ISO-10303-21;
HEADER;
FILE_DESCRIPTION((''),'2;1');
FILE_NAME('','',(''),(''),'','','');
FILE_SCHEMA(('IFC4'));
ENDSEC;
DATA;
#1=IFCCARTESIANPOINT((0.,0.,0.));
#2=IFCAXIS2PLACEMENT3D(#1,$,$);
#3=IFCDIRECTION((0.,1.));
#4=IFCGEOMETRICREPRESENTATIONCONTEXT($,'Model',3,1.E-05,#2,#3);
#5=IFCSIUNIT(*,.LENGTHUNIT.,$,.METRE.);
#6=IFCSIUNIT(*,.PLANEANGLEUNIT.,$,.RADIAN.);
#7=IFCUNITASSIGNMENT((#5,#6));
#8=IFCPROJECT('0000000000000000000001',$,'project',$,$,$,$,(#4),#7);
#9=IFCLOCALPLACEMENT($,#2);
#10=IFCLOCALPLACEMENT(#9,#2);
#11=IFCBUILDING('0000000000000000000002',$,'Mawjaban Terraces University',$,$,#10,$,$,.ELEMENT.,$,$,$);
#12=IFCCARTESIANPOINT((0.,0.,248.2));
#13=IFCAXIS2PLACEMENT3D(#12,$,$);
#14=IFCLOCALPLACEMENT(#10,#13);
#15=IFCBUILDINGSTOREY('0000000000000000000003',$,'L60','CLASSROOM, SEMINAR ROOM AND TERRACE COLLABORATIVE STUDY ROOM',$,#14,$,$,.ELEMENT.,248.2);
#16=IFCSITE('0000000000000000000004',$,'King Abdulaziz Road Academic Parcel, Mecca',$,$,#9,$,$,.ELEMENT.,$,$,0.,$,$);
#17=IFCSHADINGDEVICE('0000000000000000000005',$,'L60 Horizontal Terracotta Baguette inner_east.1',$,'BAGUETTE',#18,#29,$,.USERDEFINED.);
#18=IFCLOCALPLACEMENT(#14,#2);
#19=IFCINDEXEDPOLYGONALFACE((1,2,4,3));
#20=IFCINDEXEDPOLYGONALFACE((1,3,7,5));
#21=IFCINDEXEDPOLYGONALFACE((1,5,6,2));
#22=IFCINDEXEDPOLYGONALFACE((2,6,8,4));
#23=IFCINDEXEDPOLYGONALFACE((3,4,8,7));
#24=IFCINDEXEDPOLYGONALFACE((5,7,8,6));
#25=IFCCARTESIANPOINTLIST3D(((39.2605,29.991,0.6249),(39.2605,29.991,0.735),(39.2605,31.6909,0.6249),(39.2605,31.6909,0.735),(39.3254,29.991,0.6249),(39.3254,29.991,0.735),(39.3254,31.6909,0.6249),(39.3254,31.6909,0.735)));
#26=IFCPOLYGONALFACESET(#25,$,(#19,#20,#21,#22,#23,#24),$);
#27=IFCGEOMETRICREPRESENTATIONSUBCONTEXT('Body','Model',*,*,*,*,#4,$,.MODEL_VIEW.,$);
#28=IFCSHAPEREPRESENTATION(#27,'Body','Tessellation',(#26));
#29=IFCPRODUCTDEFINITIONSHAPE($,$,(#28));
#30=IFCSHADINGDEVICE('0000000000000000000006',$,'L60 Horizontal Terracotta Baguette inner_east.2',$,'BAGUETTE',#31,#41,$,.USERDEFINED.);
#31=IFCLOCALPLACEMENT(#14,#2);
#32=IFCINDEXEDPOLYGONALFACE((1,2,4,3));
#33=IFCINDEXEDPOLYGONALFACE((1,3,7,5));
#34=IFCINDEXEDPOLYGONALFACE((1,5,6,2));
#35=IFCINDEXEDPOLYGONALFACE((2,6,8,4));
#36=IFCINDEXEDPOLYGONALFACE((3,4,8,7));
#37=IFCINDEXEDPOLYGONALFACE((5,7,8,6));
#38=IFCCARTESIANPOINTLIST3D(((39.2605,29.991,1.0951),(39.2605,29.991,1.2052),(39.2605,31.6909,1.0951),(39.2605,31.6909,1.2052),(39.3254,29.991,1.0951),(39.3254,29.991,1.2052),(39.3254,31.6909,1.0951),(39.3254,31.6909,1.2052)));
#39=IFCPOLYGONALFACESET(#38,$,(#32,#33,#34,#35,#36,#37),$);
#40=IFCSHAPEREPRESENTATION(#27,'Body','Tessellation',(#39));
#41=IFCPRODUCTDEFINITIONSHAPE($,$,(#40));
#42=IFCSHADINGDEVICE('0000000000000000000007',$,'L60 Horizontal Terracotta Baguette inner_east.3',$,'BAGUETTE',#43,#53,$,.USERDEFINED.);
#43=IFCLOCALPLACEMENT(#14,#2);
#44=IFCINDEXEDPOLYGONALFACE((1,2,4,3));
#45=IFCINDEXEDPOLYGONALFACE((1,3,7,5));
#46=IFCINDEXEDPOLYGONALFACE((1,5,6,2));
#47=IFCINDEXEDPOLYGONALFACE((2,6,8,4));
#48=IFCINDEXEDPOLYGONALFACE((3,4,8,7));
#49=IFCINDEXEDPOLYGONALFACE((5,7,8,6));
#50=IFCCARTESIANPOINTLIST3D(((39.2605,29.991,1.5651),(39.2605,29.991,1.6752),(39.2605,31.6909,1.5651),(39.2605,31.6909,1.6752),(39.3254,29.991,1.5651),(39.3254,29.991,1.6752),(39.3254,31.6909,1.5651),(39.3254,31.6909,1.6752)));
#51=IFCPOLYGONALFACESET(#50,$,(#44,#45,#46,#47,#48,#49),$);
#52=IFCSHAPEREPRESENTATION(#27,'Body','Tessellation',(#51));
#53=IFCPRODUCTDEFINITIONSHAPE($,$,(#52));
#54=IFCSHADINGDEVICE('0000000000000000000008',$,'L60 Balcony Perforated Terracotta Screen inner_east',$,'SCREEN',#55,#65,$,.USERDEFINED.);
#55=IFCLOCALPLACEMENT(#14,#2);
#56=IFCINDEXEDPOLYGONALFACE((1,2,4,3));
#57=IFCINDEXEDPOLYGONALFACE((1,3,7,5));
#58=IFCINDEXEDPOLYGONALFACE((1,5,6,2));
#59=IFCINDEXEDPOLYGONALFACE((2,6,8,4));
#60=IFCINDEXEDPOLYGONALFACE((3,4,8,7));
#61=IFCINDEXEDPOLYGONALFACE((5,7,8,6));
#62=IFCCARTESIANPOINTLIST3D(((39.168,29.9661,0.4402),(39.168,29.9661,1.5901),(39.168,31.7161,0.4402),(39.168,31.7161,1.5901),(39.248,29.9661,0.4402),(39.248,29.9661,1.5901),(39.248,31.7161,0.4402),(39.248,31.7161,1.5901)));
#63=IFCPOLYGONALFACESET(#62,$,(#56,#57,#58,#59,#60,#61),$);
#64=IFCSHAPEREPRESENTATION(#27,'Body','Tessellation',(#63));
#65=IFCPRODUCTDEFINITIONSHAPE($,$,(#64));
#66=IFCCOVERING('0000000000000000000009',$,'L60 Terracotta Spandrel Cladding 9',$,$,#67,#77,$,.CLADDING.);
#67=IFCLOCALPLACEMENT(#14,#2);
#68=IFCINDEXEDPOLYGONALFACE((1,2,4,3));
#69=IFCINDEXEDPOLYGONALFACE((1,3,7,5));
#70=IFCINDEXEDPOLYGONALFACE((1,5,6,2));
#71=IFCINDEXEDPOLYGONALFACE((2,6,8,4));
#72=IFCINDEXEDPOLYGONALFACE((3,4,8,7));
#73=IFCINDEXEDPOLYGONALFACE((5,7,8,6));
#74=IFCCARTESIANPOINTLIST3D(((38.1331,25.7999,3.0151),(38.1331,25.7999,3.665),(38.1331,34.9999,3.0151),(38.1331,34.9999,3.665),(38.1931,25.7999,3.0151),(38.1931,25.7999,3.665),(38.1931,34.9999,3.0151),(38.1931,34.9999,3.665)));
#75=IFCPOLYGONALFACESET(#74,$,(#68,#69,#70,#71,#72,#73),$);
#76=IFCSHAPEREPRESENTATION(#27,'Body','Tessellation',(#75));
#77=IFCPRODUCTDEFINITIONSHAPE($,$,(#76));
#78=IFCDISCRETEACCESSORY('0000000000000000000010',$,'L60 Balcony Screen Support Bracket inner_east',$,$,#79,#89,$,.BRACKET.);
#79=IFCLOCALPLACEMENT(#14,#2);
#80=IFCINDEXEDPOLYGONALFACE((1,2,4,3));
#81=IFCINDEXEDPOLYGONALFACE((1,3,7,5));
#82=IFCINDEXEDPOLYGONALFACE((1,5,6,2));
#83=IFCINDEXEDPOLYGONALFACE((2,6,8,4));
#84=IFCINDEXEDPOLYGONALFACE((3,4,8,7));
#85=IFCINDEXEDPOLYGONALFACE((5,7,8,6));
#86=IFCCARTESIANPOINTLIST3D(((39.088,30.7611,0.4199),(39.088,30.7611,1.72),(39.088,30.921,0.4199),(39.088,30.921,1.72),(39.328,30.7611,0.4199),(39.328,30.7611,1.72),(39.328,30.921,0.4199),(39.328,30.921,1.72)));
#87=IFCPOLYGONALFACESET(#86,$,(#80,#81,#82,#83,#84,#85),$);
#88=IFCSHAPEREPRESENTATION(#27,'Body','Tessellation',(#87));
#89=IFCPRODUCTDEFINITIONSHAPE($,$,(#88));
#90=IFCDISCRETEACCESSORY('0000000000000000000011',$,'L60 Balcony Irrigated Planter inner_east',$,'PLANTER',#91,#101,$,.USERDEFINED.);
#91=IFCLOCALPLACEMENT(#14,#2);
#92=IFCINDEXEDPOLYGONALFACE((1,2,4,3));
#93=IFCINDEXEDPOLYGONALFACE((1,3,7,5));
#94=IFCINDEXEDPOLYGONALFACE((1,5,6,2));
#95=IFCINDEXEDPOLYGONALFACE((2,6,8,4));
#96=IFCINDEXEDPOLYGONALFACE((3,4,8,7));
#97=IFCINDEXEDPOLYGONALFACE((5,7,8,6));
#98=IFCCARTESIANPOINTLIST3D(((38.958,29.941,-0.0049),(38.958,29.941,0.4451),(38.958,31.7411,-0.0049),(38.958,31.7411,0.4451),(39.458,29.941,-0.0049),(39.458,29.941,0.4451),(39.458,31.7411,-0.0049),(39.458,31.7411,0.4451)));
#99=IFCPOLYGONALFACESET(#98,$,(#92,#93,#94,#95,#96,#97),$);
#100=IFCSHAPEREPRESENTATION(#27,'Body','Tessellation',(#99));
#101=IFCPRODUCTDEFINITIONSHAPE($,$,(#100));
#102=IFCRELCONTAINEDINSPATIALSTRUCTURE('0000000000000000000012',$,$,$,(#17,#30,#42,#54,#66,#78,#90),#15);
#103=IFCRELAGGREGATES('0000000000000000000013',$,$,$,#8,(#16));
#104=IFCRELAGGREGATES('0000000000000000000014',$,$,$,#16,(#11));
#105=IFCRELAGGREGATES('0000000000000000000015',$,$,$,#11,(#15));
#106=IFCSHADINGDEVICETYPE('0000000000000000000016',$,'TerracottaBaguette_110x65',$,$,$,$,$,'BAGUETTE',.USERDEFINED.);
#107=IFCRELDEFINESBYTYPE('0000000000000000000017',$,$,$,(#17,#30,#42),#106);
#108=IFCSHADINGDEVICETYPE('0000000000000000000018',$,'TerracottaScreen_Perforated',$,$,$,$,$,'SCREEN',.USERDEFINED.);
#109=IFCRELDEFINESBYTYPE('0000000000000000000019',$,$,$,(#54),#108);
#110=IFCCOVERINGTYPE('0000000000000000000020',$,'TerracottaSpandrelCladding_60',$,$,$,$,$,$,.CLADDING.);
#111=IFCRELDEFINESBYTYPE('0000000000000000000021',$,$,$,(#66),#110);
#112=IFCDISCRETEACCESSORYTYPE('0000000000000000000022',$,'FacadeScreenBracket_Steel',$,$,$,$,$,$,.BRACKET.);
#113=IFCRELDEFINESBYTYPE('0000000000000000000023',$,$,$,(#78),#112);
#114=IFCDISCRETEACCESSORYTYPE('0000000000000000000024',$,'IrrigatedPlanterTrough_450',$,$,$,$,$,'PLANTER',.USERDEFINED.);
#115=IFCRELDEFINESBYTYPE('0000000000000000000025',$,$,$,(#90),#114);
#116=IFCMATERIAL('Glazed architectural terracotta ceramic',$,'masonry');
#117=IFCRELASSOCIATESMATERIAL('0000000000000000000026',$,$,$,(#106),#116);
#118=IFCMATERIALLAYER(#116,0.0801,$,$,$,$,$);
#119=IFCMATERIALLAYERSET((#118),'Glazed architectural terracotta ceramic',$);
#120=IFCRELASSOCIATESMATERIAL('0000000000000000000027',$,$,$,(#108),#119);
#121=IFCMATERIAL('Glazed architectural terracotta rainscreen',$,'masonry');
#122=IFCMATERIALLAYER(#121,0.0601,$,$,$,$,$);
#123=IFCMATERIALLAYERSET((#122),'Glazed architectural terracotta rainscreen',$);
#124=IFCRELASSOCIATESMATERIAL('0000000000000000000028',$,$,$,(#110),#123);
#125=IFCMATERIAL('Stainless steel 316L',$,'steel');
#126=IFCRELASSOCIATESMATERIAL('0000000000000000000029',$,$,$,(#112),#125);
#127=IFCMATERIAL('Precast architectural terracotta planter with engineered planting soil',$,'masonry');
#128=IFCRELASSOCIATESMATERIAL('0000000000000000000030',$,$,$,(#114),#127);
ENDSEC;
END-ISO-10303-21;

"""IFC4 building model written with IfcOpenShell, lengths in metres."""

from ifc_helpers import new_model, si_unit, direction, frame, origin, origin_2d, place, context, subcontext, project, spatial, rectangle, extrude, material, layer, layer_set, material_profile, profile_set, type_object, element, save


model = new_model("IFC4")

# Units and contexts
model_context = context("Model", 3, precision=1e-05, world=origin(), true_north=direction((0.0, 1.0)))
body_context = subcontext(model_context, "Body", "Model", "MODEL_VIEW")
ifc_project = project(units=[si_unit("LENGTHUNIT", "METRE"), si_unit("PLANEANGLEUNIT", "RADIAN")], contexts=[model_context])

# Site, building, storey
site_placement = place(None, origin())
site = spatial("IfcSite", under=ifc_project, at=site_placement, Name="King Abdulaziz Road Academic Parcel, Mecca", CompositionType="ELEMENT", RefElevation=0.0)
building_placement = place(site_placement, origin())
building = spatial("IfcBuilding", under=site, at=building_placement, Name="Mawjaban Terraces University", CompositionType="ELEMENT")
storey_placement = place(building_placement, frame((0.0, 0.0, 248.2)))
storey = spatial("IfcBuildingStorey", under=building, at=storey_placement, Name="L60", Description="CLASSROOM, SEMINAR ROOM AND TERRACE COLLABORATIVE STUDY ROOM", CompositionType="ELEMENT", Elevation=248.2)

# Shading devices
ifc_material_1 = material(Name="Glazed architectural terracotta ceramic", Category="masonry")
ifc_material_profile_1 = material_profile(ifc_material_1, rectangle(XDim=0.0649, YDim=0.1101, at=origin_2d()), Name="TBAG110X65")
ifc_profile_set_1 = profile_set([ifc_material_profile_1], Name="Glazed architectural terracotta ceramic")
shading_device_type_1 = type_object("IfcShadingDeviceType", Name="TerracottaBaguette_110x65", ElementType="BAGUETTE", PredefinedType="USERDEFINED", material=ifc_profile_set_1)
for number, where, z_axis, x_axis, name in (
    (1, (39.293, 29.991, 0.6799), (0.0, 1.0, 0.0), (-1.0, 0.0, 0.0), "L60 Horizontal Terracotta Baguette inner_east.1"),
    (2, (39.293, 29.991, 1.1501), (0.0, 1.0, 0.0), (-1.0, 0.0, 0.0), "L60 Horizontal Terracotta Baguette inner_east.2"),
    (3, (39.293, 29.991, 1.6201), (0.0, 1.0, 0.0), (-1.0, 0.0, 0.0), "L60 Horizontal Terracotta Baguette inner_east.3"),
):
    element("IfcShadingDevice", number, at=place(storey_placement, frame(where, z_axis=z_axis, x_axis=x_axis)), inside=storey, type_object=shading_device_type_1, Name=name, ObjectType="BAGUETTE", PredefinedType="USERDEFINED", context=body_context, shape_type="SweptSolid", body=[
        extrude(rectangle(XDim=0.0649, YDim=0.1101, at=origin_2d()), origin(), (0.0, 0.0, 1.0), 1.7),
    ])
ifc_layer_1 = layer(ifc_material_1, 0.0801)
ifc_layer_set_1 = layer_set([ifc_layer_1], Name="Glazed architectural terracotta ceramic")
shading_device_type_2 = type_object("IfcShadingDeviceType", Name="TerracottaScreen_Perforated", ElementType="SCREEN", PredefinedType="USERDEFINED", material=ifc_layer_set_1)
shading_device_placement = place(storey_placement, frame((39.208, 30.8411, 0.4402), z_axis=(0.0, 0.0, 1.0), x_axis=(0.0, 1.0, 0.0)))
element("IfcShadingDevice", 4, at=shading_device_placement, inside=storey, type_object=shading_device_type_2, Name="L60 Balcony Perforated Terracotta Screen inner_east", ObjectType="SCREEN", PredefinedType="USERDEFINED", context=body_context, shape_type="SweptSolid", body=[
    extrude(rectangle(XDim=1.75, YDim=0.0801, at=origin_2d()), origin(), (0.0, 0.0, 1.0), 1.1499),
])

# Covering
ifc_material_2 = material(Name="Glazed architectural terracotta rainscreen", Category="masonry")
ifc_layer_2 = layer(ifc_material_2, 0.0601)
ifc_layer_set_2 = layer_set([ifc_layer_2], Name="Glazed architectural terracotta rainscreen")
covering_type = type_object("IfcCoveringType", Name="TerracottaSpandrelCladding_60", PredefinedType="CLADDING", material=ifc_layer_set_2)
covering_placement = place(storey_placement, frame((38.1631, 30.3999, 3.0151), z_axis=(0.0, 0.0, 1.0), x_axis=(0.0, 1.0, 0.0)))
element("IfcCovering", 5, at=covering_placement, inside=storey, type_object=covering_type, Name="L60 Terracotta Spandrel Cladding 9", PredefinedType="CLADDING", context=body_context, shape_type="SweptSolid", body=[
    extrude(rectangle(XDim=9.2, YDim=0.0601, at=origin_2d()), origin(), (0.0, 0.0, 1.0), 0.6499),
])

# Discrete accessories
ifc_material_3 = material(Name="Stainless steel 316L", Category="steel")
discrete_accessory_type_1 = type_object("IfcDiscreteAccessoryType", Name="FacadeScreenBracket_Steel", PredefinedType="BRACKET", material=ifc_material_3)
discrete_accessory_1_placement = place(storey_placement, frame((39.208, 30.8411, 0.4199), z_axis=(0.0, 0.0, 1.0), x_axis=(0.0, 1.0, 0.0)))
element("IfcDiscreteAccessory", 6, at=discrete_accessory_1_placement, inside=storey, type_object=discrete_accessory_type_1, Name="L60 Balcony Screen Support Bracket inner_east", PredefinedType="BRACKET", context=body_context, shape_type="SweptSolid", body=[
    extrude(rectangle(XDim=0.1599, YDim=0.24, at=origin_2d()), origin(), (0.0, 0.0, 1.0), 1.3),
])
ifc_material_4 = material(Name="Precast architectural terracotta planter with engineered planting soil", Category="masonry")
discrete_accessory_type_2 = type_object("IfcDiscreteAccessoryType", Name="IrrigatedPlanterTrough_450", ElementType="PLANTER", PredefinedType="USERDEFINED", material=ifc_material_4)
discrete_accessory_2_placement = place(storey_placement, frame((39.208, 30.8411, -0.0049), z_axis=(0.0, 0.0, 1.0), x_axis=(0.0, 1.0, 0.0)))
element("IfcDiscreteAccessory", 7, at=discrete_accessory_2_placement, inside=storey, type_object=discrete_accessory_type_2, Name="L60 Balcony Irrigated Planter inner_east", ObjectType="PLANTER", PredefinedType="USERDEFINED", context=body_context, shape_type="SweptSolid", body=[
    extrude(rectangle(XDim=1.8, YDim=0.5, at=origin_2d()), origin(), (0.0, 0.0, 1.0), 0.45),
])

save(model, "model.ifc")
